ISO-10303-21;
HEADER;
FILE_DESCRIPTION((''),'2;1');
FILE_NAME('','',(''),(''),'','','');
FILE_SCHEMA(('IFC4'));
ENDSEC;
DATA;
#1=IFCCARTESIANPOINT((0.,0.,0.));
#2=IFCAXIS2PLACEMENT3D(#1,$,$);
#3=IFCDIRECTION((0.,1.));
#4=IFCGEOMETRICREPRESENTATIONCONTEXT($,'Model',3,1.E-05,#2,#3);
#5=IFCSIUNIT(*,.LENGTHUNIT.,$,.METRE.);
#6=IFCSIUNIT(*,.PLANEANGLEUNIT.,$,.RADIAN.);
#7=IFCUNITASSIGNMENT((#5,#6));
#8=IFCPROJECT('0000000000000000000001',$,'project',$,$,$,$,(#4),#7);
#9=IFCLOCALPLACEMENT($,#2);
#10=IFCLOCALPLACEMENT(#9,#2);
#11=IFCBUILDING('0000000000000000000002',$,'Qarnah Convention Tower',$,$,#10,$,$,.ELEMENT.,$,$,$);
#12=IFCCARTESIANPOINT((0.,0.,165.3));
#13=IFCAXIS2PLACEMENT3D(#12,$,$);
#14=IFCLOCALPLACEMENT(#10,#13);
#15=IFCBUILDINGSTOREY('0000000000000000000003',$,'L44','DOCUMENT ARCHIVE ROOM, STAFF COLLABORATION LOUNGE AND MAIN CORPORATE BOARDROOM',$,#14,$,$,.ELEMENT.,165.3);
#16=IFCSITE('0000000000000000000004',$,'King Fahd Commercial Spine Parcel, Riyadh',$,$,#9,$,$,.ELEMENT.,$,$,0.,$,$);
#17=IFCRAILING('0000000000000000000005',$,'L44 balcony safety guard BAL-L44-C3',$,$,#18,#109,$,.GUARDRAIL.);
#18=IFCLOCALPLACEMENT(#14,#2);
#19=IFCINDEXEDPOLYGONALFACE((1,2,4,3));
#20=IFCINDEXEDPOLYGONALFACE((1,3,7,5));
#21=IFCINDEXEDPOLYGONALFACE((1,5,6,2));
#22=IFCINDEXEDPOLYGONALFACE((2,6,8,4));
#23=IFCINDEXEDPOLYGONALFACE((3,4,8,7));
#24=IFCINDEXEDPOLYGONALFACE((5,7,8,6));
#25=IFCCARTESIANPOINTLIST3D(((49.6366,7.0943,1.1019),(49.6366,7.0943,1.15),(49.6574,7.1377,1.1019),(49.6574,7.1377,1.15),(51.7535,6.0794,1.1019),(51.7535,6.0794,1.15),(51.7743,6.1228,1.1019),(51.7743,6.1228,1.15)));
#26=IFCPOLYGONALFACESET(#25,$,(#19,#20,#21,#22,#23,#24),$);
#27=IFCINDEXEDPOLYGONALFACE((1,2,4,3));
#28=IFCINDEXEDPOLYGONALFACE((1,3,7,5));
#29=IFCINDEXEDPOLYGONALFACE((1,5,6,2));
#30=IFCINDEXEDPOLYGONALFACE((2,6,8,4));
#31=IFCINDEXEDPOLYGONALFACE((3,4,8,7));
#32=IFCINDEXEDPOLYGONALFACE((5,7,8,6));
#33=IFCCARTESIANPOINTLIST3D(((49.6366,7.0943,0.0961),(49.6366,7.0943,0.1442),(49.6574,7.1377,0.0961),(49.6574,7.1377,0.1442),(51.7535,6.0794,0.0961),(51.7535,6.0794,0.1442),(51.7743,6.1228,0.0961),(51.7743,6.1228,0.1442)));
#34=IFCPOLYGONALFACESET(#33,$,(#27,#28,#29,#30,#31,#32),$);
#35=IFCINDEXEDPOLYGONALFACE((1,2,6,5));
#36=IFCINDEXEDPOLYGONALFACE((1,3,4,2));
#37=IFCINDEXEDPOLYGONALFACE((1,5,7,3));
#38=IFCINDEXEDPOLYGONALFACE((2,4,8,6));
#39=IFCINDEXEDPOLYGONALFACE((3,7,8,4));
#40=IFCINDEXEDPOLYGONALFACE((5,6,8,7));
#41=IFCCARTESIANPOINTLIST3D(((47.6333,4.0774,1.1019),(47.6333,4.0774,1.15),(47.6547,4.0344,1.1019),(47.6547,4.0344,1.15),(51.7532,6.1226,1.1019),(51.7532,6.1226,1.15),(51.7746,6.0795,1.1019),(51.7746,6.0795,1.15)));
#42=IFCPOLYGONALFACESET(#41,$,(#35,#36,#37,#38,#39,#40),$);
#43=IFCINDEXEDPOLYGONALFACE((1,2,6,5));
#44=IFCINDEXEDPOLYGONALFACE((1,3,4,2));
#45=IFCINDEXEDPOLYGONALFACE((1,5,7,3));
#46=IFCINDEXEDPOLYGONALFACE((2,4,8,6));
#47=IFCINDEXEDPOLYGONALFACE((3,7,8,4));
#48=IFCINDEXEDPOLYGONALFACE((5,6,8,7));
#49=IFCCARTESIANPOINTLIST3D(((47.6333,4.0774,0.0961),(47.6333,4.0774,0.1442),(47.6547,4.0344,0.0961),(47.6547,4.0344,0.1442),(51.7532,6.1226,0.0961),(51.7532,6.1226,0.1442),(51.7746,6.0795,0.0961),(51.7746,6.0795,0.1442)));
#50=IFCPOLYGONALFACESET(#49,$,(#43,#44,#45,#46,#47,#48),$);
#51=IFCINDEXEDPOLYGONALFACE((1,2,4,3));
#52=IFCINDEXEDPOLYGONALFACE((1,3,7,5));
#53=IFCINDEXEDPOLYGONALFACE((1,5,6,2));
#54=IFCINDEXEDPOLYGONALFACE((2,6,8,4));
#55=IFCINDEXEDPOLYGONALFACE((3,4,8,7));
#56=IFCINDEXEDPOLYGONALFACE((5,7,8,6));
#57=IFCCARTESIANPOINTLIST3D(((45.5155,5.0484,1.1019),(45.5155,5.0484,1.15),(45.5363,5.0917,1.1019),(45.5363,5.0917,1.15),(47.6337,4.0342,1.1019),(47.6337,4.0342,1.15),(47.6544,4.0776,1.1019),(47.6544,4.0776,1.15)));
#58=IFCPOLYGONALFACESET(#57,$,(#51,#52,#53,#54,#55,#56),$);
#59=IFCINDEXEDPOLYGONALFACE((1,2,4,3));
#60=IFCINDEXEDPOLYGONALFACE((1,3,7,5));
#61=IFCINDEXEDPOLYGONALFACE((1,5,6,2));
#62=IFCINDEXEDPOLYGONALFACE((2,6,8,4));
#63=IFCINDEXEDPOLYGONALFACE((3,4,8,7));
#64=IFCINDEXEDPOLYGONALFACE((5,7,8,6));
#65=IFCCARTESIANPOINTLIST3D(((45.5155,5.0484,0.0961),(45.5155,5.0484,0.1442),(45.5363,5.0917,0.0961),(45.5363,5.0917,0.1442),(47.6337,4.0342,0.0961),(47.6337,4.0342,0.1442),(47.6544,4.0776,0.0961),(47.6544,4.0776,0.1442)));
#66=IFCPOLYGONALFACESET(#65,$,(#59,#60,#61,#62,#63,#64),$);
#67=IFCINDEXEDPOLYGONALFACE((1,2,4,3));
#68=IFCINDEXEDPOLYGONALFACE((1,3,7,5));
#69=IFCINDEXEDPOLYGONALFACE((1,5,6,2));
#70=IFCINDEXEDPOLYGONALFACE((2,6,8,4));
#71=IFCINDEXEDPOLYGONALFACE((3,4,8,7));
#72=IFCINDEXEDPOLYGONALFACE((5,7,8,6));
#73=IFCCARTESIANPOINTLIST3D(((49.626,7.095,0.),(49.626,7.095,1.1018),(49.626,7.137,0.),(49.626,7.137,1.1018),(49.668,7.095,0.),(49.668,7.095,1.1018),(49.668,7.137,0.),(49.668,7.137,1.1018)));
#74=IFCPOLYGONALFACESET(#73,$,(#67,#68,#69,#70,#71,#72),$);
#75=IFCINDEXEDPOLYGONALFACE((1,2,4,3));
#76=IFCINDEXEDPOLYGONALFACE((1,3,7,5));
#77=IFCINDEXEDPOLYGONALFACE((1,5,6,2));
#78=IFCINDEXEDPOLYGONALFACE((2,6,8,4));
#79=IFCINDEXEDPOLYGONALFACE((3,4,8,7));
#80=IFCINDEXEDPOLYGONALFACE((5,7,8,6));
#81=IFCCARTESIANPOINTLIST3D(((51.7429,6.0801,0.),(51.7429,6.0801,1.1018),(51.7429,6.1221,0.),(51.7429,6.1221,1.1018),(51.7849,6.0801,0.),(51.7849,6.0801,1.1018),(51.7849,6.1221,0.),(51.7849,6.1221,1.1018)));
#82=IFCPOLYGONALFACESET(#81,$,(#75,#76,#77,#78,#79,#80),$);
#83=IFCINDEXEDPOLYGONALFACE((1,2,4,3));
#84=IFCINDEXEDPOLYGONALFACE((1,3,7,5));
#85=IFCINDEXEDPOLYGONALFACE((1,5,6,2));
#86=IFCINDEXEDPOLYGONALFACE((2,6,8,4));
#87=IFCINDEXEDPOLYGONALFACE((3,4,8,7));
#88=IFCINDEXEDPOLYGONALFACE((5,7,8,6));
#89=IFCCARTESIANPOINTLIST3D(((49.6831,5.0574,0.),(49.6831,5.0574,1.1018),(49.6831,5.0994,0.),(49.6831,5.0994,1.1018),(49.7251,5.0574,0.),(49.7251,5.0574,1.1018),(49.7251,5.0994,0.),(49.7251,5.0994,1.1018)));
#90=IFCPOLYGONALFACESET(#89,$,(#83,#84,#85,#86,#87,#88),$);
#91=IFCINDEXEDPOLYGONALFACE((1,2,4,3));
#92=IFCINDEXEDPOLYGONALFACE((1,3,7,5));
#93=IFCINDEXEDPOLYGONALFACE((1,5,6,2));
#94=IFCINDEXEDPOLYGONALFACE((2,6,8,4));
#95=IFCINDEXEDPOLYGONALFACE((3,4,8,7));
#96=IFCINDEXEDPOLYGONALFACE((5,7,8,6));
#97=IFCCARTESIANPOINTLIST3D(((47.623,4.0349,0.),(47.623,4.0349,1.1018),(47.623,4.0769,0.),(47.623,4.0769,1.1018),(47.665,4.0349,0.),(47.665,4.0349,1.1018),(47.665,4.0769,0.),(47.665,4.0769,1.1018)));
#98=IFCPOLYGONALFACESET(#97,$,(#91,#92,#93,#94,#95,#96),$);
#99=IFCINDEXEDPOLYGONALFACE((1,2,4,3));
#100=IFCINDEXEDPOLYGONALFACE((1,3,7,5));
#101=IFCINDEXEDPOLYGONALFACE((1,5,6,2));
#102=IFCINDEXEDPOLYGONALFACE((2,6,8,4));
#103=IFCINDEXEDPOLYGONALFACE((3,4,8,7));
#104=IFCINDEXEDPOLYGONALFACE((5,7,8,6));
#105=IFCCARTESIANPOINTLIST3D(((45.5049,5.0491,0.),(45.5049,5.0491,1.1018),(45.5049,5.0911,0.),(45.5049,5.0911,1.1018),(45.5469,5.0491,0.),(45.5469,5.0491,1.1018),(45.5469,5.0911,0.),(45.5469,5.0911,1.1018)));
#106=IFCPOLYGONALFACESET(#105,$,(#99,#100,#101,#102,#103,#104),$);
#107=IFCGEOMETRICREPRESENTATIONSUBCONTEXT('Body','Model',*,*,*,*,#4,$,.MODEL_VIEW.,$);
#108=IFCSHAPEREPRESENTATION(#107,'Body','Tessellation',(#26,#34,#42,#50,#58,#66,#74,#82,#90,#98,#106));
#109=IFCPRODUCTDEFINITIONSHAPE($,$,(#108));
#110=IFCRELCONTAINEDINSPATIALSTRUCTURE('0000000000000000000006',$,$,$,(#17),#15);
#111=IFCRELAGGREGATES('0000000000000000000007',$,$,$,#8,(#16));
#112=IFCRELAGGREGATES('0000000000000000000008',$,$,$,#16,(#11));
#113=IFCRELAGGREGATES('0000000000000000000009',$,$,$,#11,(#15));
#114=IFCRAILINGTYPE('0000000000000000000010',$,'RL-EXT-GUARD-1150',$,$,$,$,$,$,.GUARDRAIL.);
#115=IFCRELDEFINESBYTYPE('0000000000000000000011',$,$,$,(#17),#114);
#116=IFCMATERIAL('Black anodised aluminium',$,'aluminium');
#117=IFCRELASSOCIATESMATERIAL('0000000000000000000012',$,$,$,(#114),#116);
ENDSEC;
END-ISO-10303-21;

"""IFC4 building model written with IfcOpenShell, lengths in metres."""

from ifc_helpers import new_model, si_unit, direction, frame, origin, origin_2d, place, context, subcontext, project, spatial, rectangle, extrude, material, type_object, element, save


model = new_model("IFC4")

# Units and contexts
model_context = context("Model", 3, precision=1e-05, world=origin(), true_north=direction((0.0, 1.0)))
body_context = subcontext(model_context, "Body", "Model", "MODEL_VIEW")
ifc_project = project(units=[si_unit("LENGTHUNIT", "METRE"), si_unit("PLANEANGLEUNIT", "RADIAN")], contexts=[model_context])

# Site, building, storey
site_placement = place(None, origin())
site = spatial("IfcSite", under=ifc_project, at=site_placement, Name="King Fahd Commercial Spine Parcel, Riyadh", CompositionType="ELEMENT", RefElevation=0.0)
building_placement = place(site_placement, origin())
building = spatial("IfcBuilding", under=site, at=building_placement, Name="Qarnah Convention Tower", CompositionType="ELEMENT")
storey_placement = place(building_placement, frame((0.0, 0.0, 165.3)))
storey = spatial("IfcBuildingStorey", under=building, at=storey_placement, Name="L44", Description="DOCUMENT ARCHIVE ROOM, STAFF COLLABORATION LOUNGE AND MAIN CORPORATE BOARDROOM", CompositionType="ELEMENT", Elevation=165.3)

# Shared definitions
ifc_material_1 = material(Name="Black anodised aluminium", Category="aluminium")

# Railing
railing_type = type_object("IfcRailingType", Name="RL-EXT-GUARD-1150", PredefinedType="GUARDRAIL", material=ifc_material_1)
railing_1_placement = place(storey_placement, frame((49.647, 7.116, 0.0)))
element("IfcRailing", 1, at=railing_1_placement, inside=storey, type_object=railing_type, Name="L44 balcony safety guard BAL-L44-C3", PredefinedType="GUARDRAIL", context=body_context, shape_type="SweptSolid", body=[
    extrude(rectangle(XDim=0.0481, YDim=0.0481, at=origin_2d()), frame((0.0, 0.0, 1.126), z_axis=(0.901729, -0.432302, 0.0), x_axis=(0.432302, 0.901729, 0.0)), (0.0, 0.0, 1.0), 2.3477),
    extrude(rectangle(XDim=0.0481, YDim=0.0481, at=origin_2d()), frame((0.0, 0.0, 0.1201), z_axis=(0.901729, -0.432302, 0.0), x_axis=(0.432302, 0.901729, 0.0)), (0.0, 0.0, 1.0), 2.3477),
    extrude(rectangle(XDim=0.0481, YDim=0.0481, at=origin_2d()), frame((2.1169, -1.0149, 1.126), z_axis=(-0.895708, -0.444643, 0.0), x_axis=(0.444643, -0.895708, 0.0)), (0.0, 0.0, 1.0), 4.5996),
    extrude(rectangle(XDim=0.0481, YDim=0.0481, at=origin_2d()), frame((2.1169, -1.0149, 0.1201), z_axis=(-0.895708, -0.444643, 0.0), x_axis=(0.444643, -0.895708, 0.0)), (0.0, 0.0, 1.0), 4.5996),
    extrude(rectangle(XDim=0.0481, YDim=0.0481, at=origin_2d()), frame((-2.0029, -3.0601, 1.126), z_axis=(-0.901948, 0.431845, 0.0), x_axis=(-0.431845, -0.901948, 0.0)), (0.0, 0.0, 1.0), 2.3484),
    extrude(rectangle(XDim=0.0481, YDim=0.0481, at=origin_2d()), frame((-2.0029, -3.0601, 0.1201), z_axis=(-0.901948, 0.431845, 0.0), x_axis=(-0.431845, -0.901948, 0.0)), (0.0, 0.0, 1.0), 2.3484),
    extrude(rectangle(XDim=0.042, YDim=0.042, at=origin_2d()), origin(), (0.0, 0.0, 1.0), 1.1018),
    extrude(rectangle(XDim=0.042, YDim=0.042, at=origin_2d()), frame((2.1169, -1.0149, 0.0)), (0.0, 0.0, 1.0), 1.1018),
    extrude(rectangle(XDim=0.042, YDim=0.042, at=origin_2d()), frame((0.0571, -2.0376, 0.0)), (0.0, 0.0, 1.0), 1.1018),
    extrude(rectangle(XDim=0.042, YDim=0.042, at=origin_2d()), frame((-2.0029, -3.0601, 0.0)), (0.0, 0.0, 1.0), 1.1018),
    extrude(rectangle(XDim=0.042, YDim=0.042, at=origin_2d()), frame((-4.1211, -2.0459, 0.0)), (0.0, 0.0, 1.0), 1.1018),
])

save(model, "model.ifc")
